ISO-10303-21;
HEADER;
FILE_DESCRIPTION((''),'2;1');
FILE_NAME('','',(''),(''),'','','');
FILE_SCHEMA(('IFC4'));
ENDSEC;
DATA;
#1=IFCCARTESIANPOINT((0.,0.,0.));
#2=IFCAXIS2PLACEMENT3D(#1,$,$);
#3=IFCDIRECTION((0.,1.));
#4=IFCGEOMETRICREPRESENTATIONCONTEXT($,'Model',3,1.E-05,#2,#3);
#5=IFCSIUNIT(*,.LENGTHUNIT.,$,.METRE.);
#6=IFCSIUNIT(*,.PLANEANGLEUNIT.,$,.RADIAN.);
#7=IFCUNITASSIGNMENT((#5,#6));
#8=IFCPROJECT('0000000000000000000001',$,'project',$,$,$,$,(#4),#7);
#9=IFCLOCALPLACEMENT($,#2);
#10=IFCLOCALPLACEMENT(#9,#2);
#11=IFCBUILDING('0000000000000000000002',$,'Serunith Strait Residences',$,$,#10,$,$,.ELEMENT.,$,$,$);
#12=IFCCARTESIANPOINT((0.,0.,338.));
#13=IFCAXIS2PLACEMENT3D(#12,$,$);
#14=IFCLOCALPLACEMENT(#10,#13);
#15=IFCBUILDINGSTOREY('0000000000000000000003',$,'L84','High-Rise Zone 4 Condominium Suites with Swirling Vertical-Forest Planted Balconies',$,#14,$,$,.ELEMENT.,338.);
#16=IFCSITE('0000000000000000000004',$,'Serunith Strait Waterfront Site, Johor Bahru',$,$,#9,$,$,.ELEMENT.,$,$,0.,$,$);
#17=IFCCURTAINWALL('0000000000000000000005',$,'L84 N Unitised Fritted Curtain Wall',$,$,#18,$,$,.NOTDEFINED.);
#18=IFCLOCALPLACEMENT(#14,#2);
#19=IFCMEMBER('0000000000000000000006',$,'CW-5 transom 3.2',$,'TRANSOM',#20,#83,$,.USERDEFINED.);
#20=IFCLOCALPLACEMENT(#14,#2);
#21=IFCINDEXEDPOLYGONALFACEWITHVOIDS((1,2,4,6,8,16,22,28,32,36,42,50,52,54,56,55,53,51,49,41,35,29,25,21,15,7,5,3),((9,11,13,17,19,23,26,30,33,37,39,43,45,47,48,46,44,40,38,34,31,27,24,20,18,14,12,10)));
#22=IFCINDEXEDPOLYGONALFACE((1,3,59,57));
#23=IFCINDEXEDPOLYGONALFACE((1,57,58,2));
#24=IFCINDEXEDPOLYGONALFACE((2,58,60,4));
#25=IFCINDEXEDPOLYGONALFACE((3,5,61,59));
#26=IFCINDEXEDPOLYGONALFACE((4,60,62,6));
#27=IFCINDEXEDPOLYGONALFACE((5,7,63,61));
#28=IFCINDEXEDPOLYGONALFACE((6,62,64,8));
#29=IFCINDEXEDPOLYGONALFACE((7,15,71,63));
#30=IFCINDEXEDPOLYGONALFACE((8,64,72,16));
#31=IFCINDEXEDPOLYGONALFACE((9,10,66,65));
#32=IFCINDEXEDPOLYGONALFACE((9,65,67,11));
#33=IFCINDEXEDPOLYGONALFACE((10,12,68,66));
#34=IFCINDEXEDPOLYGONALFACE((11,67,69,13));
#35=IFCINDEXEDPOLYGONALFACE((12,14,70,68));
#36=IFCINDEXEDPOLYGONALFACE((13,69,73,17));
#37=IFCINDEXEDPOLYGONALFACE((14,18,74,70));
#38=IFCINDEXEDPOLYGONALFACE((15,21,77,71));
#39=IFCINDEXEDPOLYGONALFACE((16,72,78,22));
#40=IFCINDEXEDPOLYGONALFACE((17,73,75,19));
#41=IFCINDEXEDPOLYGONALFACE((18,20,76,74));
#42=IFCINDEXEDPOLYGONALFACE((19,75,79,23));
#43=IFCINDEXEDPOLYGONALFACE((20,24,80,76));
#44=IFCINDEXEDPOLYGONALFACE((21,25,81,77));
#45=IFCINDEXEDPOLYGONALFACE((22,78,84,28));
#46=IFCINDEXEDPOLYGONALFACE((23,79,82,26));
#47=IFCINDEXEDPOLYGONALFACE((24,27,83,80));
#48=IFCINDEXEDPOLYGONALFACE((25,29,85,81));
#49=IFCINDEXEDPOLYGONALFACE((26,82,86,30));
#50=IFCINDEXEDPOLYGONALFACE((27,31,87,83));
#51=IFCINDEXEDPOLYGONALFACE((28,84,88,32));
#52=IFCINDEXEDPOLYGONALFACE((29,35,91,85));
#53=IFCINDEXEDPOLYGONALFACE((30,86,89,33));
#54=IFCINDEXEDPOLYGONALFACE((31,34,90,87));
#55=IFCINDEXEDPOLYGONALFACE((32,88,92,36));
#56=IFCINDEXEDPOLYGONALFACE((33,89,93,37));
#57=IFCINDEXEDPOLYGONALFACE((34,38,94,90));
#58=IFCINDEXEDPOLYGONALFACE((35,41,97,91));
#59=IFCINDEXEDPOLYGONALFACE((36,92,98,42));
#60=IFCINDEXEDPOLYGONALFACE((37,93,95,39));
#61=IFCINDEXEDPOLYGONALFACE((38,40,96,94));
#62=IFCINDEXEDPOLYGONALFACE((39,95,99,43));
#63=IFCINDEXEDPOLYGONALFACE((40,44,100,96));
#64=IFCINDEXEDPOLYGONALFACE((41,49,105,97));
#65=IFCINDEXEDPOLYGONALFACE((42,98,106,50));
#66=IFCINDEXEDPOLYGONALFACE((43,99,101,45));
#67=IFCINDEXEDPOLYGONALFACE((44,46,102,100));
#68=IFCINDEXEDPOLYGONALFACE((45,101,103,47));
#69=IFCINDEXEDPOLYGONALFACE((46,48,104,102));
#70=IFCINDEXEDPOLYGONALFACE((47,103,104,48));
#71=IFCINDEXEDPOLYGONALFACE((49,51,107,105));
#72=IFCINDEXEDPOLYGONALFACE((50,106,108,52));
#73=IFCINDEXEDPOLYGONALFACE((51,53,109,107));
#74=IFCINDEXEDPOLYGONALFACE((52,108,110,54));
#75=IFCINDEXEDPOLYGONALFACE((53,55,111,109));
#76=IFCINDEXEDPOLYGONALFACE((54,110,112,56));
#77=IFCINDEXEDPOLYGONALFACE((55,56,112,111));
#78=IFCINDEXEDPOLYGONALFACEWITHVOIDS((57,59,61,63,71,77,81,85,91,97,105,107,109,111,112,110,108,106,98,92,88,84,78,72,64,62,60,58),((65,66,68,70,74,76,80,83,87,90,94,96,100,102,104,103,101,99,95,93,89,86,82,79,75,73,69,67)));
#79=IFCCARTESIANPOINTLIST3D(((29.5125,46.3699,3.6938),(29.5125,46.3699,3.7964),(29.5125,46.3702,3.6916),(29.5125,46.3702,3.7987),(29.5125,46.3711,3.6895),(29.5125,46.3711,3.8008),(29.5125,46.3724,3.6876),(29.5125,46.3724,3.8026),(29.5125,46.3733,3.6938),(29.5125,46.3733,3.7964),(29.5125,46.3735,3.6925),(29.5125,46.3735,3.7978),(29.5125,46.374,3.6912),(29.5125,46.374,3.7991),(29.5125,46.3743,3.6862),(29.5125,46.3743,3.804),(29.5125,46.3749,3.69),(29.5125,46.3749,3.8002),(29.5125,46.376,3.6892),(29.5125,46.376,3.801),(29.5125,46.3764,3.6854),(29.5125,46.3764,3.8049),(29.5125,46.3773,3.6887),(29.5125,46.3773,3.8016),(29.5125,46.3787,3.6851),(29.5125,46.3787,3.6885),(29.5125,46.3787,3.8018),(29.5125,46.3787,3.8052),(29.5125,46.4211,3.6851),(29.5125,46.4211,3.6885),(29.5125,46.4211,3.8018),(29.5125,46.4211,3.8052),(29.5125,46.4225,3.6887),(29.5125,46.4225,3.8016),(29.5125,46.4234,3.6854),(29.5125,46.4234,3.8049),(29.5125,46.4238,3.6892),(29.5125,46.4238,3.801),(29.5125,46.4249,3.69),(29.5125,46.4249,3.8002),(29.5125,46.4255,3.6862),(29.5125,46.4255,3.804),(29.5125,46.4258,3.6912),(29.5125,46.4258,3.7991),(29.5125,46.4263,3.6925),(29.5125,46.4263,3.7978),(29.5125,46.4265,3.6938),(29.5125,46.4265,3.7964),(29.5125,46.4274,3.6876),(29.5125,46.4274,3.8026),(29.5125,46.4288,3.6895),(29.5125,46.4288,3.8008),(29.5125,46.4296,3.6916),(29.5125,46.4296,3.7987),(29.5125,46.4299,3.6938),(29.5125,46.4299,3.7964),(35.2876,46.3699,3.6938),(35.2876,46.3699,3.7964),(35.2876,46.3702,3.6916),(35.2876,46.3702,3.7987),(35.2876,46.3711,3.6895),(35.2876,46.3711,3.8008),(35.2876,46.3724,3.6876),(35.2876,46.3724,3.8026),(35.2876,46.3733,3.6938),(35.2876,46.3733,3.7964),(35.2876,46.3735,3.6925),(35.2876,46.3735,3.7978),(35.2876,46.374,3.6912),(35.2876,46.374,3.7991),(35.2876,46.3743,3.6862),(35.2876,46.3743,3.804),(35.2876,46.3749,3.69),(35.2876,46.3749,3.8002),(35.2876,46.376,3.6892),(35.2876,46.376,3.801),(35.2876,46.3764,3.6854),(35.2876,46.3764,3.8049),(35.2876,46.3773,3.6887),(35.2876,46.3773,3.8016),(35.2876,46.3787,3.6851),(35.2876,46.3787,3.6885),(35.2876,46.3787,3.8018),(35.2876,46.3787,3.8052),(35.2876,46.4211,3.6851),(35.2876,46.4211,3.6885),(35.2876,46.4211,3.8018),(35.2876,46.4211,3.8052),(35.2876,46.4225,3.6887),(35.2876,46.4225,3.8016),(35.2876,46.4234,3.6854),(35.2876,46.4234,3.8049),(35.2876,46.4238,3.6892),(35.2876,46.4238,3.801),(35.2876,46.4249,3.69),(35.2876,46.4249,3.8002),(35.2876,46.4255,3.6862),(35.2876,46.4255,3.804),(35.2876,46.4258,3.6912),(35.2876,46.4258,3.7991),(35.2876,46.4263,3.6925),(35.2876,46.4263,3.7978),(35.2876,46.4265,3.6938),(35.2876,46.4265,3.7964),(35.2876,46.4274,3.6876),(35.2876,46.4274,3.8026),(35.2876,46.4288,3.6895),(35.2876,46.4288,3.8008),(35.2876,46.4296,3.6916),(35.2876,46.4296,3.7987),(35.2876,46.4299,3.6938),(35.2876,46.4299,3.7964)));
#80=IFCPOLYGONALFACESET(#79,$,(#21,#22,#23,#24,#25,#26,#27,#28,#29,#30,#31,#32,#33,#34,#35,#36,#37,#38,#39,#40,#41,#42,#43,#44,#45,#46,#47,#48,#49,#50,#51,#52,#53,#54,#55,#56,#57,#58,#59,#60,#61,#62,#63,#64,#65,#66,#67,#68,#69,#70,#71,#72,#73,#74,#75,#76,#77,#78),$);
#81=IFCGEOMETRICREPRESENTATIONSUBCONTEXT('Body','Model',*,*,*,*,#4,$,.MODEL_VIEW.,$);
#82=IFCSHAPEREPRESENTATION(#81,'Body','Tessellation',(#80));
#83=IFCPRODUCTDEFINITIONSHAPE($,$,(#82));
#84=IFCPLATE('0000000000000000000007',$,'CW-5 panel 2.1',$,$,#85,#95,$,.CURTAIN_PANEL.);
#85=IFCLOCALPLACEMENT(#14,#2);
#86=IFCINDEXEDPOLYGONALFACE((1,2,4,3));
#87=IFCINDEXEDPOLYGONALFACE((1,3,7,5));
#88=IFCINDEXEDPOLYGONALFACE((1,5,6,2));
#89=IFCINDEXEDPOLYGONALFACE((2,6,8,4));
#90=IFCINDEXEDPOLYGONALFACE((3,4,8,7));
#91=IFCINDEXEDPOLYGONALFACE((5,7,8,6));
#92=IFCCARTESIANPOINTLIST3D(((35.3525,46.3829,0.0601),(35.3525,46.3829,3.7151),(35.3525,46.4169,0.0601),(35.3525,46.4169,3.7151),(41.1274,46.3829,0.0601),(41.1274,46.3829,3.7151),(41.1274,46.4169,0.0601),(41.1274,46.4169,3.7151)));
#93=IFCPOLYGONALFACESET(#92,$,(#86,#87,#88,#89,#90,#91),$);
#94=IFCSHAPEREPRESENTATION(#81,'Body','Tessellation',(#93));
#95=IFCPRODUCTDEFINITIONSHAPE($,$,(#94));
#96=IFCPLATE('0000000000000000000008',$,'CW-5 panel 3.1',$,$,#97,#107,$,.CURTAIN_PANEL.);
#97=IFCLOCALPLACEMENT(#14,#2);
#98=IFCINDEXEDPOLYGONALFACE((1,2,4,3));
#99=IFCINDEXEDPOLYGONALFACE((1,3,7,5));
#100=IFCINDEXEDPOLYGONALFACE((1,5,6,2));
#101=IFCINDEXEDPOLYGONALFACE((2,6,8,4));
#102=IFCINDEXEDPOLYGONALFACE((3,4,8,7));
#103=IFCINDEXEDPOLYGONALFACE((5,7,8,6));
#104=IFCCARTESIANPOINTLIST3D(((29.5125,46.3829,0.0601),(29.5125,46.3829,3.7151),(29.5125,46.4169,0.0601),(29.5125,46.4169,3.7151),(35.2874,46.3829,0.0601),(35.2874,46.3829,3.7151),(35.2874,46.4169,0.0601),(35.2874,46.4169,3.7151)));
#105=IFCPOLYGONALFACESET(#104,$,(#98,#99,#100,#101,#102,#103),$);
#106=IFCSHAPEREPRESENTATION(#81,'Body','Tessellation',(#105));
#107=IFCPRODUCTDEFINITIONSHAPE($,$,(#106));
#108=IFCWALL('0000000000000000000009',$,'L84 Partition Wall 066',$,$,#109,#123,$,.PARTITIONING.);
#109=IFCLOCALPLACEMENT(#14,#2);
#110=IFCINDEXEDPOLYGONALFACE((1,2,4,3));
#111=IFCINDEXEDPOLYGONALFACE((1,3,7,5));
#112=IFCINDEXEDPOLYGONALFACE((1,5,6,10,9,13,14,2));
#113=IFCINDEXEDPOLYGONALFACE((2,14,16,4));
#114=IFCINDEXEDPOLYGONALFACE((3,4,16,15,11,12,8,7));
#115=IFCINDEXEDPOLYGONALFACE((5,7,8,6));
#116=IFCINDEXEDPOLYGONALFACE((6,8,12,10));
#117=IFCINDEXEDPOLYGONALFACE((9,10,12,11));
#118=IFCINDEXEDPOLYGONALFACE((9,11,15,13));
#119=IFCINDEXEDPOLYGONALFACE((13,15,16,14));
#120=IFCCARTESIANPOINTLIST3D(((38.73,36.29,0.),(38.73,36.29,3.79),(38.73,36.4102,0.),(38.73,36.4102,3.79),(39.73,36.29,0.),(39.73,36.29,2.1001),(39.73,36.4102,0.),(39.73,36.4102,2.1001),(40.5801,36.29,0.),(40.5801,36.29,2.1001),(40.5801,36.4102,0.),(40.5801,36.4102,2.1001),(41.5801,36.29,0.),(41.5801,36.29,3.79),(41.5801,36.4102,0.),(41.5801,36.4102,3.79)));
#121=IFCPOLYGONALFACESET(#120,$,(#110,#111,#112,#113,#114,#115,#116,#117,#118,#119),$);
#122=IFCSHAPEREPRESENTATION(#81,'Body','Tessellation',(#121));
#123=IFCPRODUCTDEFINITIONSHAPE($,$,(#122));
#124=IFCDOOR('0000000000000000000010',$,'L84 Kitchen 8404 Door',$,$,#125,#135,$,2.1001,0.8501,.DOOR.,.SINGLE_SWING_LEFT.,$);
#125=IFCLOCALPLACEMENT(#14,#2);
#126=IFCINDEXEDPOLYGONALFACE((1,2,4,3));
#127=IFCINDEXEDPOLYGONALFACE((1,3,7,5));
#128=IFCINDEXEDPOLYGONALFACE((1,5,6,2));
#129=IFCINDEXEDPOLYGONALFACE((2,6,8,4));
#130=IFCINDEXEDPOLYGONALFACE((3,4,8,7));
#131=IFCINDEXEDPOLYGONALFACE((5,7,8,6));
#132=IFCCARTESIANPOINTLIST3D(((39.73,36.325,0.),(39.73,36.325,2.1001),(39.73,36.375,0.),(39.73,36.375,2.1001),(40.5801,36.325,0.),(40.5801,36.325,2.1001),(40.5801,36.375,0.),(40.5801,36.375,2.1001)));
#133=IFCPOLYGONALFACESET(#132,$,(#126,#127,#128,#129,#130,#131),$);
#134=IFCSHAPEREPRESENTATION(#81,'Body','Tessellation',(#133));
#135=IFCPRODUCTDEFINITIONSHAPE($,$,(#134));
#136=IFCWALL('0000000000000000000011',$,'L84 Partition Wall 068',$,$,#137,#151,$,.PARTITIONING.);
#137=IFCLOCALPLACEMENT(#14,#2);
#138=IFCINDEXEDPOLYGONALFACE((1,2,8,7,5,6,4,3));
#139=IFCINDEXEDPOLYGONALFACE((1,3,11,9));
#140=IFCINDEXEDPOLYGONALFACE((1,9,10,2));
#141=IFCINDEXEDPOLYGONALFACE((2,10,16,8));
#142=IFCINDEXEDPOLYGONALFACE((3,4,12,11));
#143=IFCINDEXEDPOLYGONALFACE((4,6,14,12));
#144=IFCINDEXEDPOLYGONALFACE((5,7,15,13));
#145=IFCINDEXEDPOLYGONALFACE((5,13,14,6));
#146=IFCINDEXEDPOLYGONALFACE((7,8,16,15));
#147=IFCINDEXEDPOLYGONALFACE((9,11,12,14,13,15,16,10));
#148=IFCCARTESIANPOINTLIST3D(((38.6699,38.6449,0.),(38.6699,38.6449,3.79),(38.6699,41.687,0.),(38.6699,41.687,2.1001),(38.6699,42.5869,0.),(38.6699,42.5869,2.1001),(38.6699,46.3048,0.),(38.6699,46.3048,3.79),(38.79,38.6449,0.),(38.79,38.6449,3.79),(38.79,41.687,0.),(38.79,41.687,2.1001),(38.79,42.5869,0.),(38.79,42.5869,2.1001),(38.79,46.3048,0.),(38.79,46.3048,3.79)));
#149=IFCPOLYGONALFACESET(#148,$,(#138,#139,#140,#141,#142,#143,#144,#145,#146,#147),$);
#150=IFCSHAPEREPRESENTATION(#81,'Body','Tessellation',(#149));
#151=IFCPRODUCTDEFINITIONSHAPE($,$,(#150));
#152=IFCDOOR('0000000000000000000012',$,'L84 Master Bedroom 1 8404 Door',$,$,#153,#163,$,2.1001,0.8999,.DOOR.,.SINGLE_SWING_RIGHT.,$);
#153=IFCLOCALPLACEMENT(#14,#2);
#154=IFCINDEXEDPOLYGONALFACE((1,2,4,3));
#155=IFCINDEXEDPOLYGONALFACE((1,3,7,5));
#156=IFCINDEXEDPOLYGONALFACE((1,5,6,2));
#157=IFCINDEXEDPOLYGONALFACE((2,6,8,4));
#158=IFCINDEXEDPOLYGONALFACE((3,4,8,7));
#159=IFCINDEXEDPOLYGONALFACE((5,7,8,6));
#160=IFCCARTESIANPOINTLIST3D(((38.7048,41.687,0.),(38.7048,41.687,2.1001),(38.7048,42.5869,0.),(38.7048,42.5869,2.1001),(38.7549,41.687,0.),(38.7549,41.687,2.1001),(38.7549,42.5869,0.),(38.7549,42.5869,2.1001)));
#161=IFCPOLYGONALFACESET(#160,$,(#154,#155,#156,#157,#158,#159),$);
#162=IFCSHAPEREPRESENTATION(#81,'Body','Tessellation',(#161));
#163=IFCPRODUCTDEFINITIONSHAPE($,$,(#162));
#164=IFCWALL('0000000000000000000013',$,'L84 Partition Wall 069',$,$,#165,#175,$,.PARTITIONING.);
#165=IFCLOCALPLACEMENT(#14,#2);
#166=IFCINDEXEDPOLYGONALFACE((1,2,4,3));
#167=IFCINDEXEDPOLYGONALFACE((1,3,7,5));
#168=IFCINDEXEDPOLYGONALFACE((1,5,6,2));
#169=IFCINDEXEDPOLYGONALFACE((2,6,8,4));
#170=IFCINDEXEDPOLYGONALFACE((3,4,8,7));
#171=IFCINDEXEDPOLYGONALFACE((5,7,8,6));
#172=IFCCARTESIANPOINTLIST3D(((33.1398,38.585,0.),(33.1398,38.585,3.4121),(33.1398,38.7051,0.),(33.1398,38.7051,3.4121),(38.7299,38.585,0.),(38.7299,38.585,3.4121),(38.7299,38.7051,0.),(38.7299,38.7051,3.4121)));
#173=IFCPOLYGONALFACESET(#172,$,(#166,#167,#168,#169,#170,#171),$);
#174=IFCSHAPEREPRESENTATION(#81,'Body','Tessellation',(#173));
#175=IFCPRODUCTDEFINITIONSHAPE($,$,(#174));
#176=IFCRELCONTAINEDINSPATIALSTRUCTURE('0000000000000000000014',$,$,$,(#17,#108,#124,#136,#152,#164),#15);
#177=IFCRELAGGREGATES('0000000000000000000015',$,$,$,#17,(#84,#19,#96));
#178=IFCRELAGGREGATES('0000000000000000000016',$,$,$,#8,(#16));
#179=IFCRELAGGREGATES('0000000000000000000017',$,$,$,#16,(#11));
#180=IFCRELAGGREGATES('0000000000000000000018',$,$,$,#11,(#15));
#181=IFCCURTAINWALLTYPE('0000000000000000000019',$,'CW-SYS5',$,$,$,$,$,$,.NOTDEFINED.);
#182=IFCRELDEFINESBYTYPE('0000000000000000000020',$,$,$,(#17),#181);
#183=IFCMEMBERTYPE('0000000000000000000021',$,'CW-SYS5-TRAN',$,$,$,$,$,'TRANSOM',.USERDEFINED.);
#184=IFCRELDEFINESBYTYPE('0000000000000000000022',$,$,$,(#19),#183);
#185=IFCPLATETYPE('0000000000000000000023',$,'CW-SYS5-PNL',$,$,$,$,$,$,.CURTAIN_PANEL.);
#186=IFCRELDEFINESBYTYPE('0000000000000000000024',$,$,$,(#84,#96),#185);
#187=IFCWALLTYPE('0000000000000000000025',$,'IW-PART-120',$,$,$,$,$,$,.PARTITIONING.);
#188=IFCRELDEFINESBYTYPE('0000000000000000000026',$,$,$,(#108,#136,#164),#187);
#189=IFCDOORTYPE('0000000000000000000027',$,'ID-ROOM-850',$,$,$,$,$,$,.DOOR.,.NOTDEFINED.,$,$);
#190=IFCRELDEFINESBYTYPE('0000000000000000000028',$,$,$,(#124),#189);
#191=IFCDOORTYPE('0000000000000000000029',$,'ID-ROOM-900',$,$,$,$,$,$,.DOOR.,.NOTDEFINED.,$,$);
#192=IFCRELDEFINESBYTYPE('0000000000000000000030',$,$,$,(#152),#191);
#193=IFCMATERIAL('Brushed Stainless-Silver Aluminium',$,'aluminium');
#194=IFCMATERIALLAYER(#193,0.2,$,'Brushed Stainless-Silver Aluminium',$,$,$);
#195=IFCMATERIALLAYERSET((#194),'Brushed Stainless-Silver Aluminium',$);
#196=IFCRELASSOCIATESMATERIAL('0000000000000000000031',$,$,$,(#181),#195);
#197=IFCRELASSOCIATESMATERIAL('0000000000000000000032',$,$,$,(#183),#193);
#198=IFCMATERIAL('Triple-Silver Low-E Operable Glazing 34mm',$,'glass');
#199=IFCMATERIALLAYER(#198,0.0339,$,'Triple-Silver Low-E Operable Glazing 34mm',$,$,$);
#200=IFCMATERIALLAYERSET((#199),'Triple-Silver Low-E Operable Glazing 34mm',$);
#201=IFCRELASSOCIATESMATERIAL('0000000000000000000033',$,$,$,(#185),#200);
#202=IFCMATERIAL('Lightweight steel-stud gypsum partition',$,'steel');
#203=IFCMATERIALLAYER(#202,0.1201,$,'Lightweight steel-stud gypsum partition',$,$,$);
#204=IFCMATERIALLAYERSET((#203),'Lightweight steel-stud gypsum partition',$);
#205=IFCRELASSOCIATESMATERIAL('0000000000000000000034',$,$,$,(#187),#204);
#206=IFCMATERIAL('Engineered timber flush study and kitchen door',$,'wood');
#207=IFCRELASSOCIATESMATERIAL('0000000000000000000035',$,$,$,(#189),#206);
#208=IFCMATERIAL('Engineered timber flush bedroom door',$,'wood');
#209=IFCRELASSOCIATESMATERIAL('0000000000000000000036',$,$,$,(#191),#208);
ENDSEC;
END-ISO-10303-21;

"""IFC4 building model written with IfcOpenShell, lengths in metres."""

from ifc_helpers import new_model, si_unit, direction, frame, frame_2d, origin, origin_2d, place, context, subcontext, project, spatial, rectangle, hollow_rectangle, extrude, source, transform, mapped, material, layer, layer_set, material_profile, profile_set, type_object, element, fill, aggregate, save


model = new_model("IFC4")

# Units and contexts
model_context = context("Model", 3, precision=1e-05, world=origin(), true_north=direction((0.0, 1.0)))
body_context = subcontext(model_context, "Body", "Model", "MODEL_VIEW")
ifc_project = project(units=[si_unit("LENGTHUNIT", "METRE"), si_unit("PLANEANGLEUNIT", "RADIAN")], contexts=[model_context])

# Site, building, storey
site_placement = place(None, origin())
site = spatial("IfcSite", under=ifc_project, at=site_placement, Name="Serunith Strait Waterfront Site, Johor Bahru", CompositionType="ELEMENT", RefElevation=0.0)
building_placement = place(site_placement, origin())
building = spatial("IfcBuilding", under=site, at=building_placement, Name="Serunith Strait Residences", CompositionType="ELEMENT")
storey_placement = place(building_placement, frame((0.0, 0.0, 338.0)))
storey = spatial("IfcBuildingStorey", under=building, at=storey_placement, Name="L84", Description="High-Rise Zone 4 Condominium Suites with Swirling Vertical-Forest Planted Balconies", CompositionType="ELEMENT", Elevation=338.0)

# Curtain wall, member, plates
ifc_material_1 = material(Name="Brushed Stainless-Silver Aluminium", Category="aluminium")
ifc_layer_1 = layer(ifc_material_1, 0.2, Name="Brushed Stainless-Silver Aluminium")
ifc_layer_set_1 = layer_set([ifc_layer_1], Name="Brushed Stainless-Silver Aluminium")
curtain_wall_type = type_object("IfcCurtainWallType", Name="CW-SYS5", PredefinedType="NOTDEFINED", material=ifc_layer_set_1)
curtain_wall_placement = place(storey_placement, origin())
curtain_wall = element("IfcCurtainWall", 1, at=curtain_wall_placement, inside=storey, type_object=curtain_wall_type, Name="L84 N Unitised Fritted Curtain Wall", PredefinedType="NOTDEFINED")
ifc_material_profile_1 = material_profile(ifc_material_1, hollow_rectangle(XDim=0.0601, YDim=0.1201, WallThickness=0.0034, InnerFilletRadius=0.0054, OuterFilletRadius=0.0088, at=origin_2d()), Name="ALU 120x60x3.5")
ifc_profile_set_1 = profile_set([ifc_material_profile_1], Name="Brushed Stainless-Silver Aluminium")
member_type_1 = type_object("IfcMemberType", Name="CW-SYS5-TRAN", ElementType="TRANSOM", PredefinedType="USERDEFINED", material=ifc_profile_set_1)
shared_shape_1 = source(origin(), body_context, "Body", "SweptSolid", [
    extrude(hollow_rectangle(XDim=0.0601, YDim=0.1201, WallThickness=0.0034, InnerFilletRadius=0.0054, OuterFilletRadius=0.0088, at=origin_2d()), origin(), (0.0, 0.0, 1.0), 5.7751),
])
member_1_placement = place(storey_placement, frame((35.2876, 46.3999, 3.7451), z_axis=(-1.0, 0.0, 0.0), x_axis=(0.0, -1.0, 0.0)))
member_1 = element("IfcMember", 2, at=member_1_placement, type_object=member_type_1, Name="CW-5 transom 3.2", ObjectType="TRANSOM", PredefinedType="USERDEFINED", context=body_context, shape_type="MappedRepresentation", body=[
    mapped(shared_shape_1, transform((0.0, 0.0, 0.0), scale=1.0)),
])
ifc_material_2 = material(Name="Triple-Silver Low-E Operable Glazing 34mm", Category="glass")
ifc_layer_2 = layer(ifc_material_2, 0.0339, Name="Triple-Silver Low-E Operable Glazing 34mm")
ifc_layer_set_2 = layer_set([ifc_layer_2], Name="Triple-Silver Low-E Operable Glazing 34mm")
plate_type = type_object("IfcPlateType", Name="CW-SYS5-PNL", PredefinedType="CURTAIN_PANEL", material=ifc_layer_set_2)
shared_shape_2 = source(origin(), body_context, "Body", "SweptSolid", [
    extrude(rectangle(XDim=5.7749, YDim=0.0339, at=origin_2d()), origin(), (0.0, 0.0, 1.0), 3.655),
])
plate_1_placement = place(storey_placement, frame((38.24, 46.3999, 0.0601), z_axis=(0.0, 0.0, 1.0), x_axis=(-1.0, 0.0, 0.0)))
plate_1 = element("IfcPlate", 3, at=plate_1_placement, type_object=plate_type, Name="CW-5 panel 2.1", PredefinedType="CURTAIN_PANEL", context=body_context, shape_type="MappedRepresentation", body=[
    mapped(shared_shape_2, transform((0.0, 0.0, 0.0), scale=1.0)),
])
plate_2_placement = place(storey_placement, frame((32.3999, 46.3999, 0.0601), z_axis=(0.0, 0.0, 1.0), x_axis=(-1.0, 0.0, 0.0)))
plate_2 = element("IfcPlate", 4, at=plate_2_placement, type_object=plate_type, Name="CW-5 panel 3.1", PredefinedType="CURTAIN_PANEL", context=body_context, shape_type="MappedRepresentation", body=[
    mapped(shared_shape_2, transform((0.0, 0.0, 0.0), scale=1.0)),
])
aggregate(curtain_wall, [plate_1, member_1, plate_2])

# Walls, openings, doors
ifc_material_3 = material(Name="Lightweight steel-stud gypsum partition", Category="steel")
ifc_layer_3 = layer(ifc_material_3, 0.1201, Name="Lightweight steel-stud gypsum partition")
ifc_layer_set_3 = layer_set([ifc_layer_3], Name="Lightweight steel-stud gypsum partition")
wall_type = type_object("IfcWallType", Name="IW-PART-120", PredefinedType="PARTITIONING", material=ifc_layer_set_3)
wall_1_placement = place(storey_placement, frame((38.73, 36.3501, 0.0), z_axis=(0.0, 0.0, 1.0), x_axis=(1.0, 0.0, 0.0)))
wall_1 = element("IfcWall", 5, at=wall_1_placement, inside=storey, type_object=wall_type, Name="L84 Partition Wall 066", PredefinedType="PARTITIONING", context=body_context, shape_type="SweptSolid", body=[
    extrude(rectangle(XDim=2.8501, YDim=0.1201, at=frame_2d((1.425, 0.0))), origin(), (0.0, 0.0, 1.0), 3.79),
])
opening_1_placement = place(wall_1_placement, frame((1.0, 0.0, 0.0)))
opening_1 = element("IfcOpeningElement", 6, at=opening_1_placement, cuts=wall_1, PredefinedType="OPENING", context=body_context, shape_type="SweptSolid", body=[
    extrude(rectangle(XDim=0.8501, YDim=2.1001, at=frame_2d((0.425, 1.05))), frame((0.0, 0.0701, 0.0), z_axis=(0.0, -1.0, 0.0), x_axis=(1.0, 0.0, 0.0)), (0.0, 0.0, 1.0), 0.1401),
])
ifc_material_4 = material(Name="Engineered timber flush study and kitchen door", Category="wood")
door_type_1 = type_object("IfcDoorType", Name="ID-ROOM-850", OperationType="NOTDEFINED", PredefinedType="DOOR", material=ifc_material_4)
shared_shape_3 = source(origin(), body_context, "Body", "SweptSolid", [
    extrude(rectangle(XDim=0.8501, YDim=2.1001, at=frame_2d((0.425, 1.05))), frame((0.0, 0.0249, 0.0), z_axis=(0.0, -1.0, 0.0), x_axis=(1.0, 0.0, 0.0)), (0.0, 0.0, 1.0), 0.05),
])
door_1_placement = place(opening_1_placement, origin())
door_1 = element("IfcDoor", 7, at=door_1_placement, inside=storey, type_object=door_type_1, Name="L84 Kitchen 8404 Door", OperationType="SINGLE_SWING_LEFT", OverallHeight=2.1001, OverallWidth=0.8501, PredefinedType="DOOR", context=body_context, shape_type="MappedRepresentation", body=[
    mapped(shared_shape_3, transform((0.0, 0.0, 0.0), scale=1.0)),
])
fill(opening_1, door_1)
wall_2_placement = place(storey_placement, frame((38.73, 46.3049, 0.0), z_axis=(0.0, 0.0, 1.0), x_axis=(0.0, -1.0, 0.0)))
wall_2 = element("IfcWall", 8, at=wall_2_placement, inside=storey, type_object=wall_type, Name="L84 Partition Wall 068", PredefinedType="PARTITIONING", context=body_context, shape_type="SweptSolid", body=[
    extrude(rectangle(XDim=7.6599, YDim=0.1201, at=frame_2d((3.8301, 0.0))), origin(), (0.0, 0.0, 1.0), 3.79),
])
opening_2_placement = place(wall_2_placement, frame((3.718, 0.0, 0.0)))
opening_2 = element("IfcOpeningElement", 9, at=opening_2_placement, cuts=wall_2, PredefinedType="OPENING", context=body_context, shape_type="SweptSolid", body=[
    extrude(rectangle(XDim=0.8999, YDim=2.1001, at=frame_2d((0.45, 1.05))), frame((0.0, 0.0701, 0.0), z_axis=(0.0, -1.0, 0.0), x_axis=(1.0, 0.0, 0.0)), (0.0, 0.0, 1.0), 0.1401),
])
ifc_material_5 = material(Name="Engineered timber flush bedroom door", Category="wood")
door_type_2 = type_object("IfcDoorType", Name="ID-ROOM-900", OperationType="NOTDEFINED", PredefinedType="DOOR", material=ifc_material_5)
shared_shape_4 = source(origin(), body_context, "Body", "SweptSolid", [
    extrude(rectangle(XDim=0.8999, YDim=2.1001, at=frame_2d((0.45, 1.05))), frame((0.0, 0.0249, 0.0), z_axis=(0.0, -1.0, 0.0), x_axis=(1.0, 0.0, 0.0)), (0.0, 0.0, 1.0), 0.05),
])
door_2_placement = place(opening_2_placement, origin())
door_2 = element("IfcDoor", 10, at=door_2_placement, inside=storey, type_object=door_type_2, Name="L84 Master Bedroom 1 8404 Door", OperationType="SINGLE_SWING_RIGHT", OverallHeight=2.1001, OverallWidth=0.8999, PredefinedType="DOOR", context=body_context, shape_type="MappedRepresentation", body=[
    mapped(shared_shape_4, transform((0.0, 0.0, 0.0), scale=1.0)),
])
fill(opening_2, door_2)

# Wall
wall_3_placement = place(storey_placement, frame((33.1399, 38.645, 0.0), z_axis=(0.0, 0.0, 1.0), x_axis=(1.0, 0.0, 0.0)))
element("IfcWall", 11, at=wall_3_placement, inside=storey, type_object=wall_type, Name="L84 Partition Wall 069", PredefinedType="PARTITIONING", context=body_context, shape_type="SweptSolid", body=[
    extrude(rectangle(XDim=5.5901, YDim=0.1201, at=frame_2d((2.7949, 0.0))), origin(), (0.0, 0.0, 1.0), 3.4121),
])

save(model, "model.ifc")
